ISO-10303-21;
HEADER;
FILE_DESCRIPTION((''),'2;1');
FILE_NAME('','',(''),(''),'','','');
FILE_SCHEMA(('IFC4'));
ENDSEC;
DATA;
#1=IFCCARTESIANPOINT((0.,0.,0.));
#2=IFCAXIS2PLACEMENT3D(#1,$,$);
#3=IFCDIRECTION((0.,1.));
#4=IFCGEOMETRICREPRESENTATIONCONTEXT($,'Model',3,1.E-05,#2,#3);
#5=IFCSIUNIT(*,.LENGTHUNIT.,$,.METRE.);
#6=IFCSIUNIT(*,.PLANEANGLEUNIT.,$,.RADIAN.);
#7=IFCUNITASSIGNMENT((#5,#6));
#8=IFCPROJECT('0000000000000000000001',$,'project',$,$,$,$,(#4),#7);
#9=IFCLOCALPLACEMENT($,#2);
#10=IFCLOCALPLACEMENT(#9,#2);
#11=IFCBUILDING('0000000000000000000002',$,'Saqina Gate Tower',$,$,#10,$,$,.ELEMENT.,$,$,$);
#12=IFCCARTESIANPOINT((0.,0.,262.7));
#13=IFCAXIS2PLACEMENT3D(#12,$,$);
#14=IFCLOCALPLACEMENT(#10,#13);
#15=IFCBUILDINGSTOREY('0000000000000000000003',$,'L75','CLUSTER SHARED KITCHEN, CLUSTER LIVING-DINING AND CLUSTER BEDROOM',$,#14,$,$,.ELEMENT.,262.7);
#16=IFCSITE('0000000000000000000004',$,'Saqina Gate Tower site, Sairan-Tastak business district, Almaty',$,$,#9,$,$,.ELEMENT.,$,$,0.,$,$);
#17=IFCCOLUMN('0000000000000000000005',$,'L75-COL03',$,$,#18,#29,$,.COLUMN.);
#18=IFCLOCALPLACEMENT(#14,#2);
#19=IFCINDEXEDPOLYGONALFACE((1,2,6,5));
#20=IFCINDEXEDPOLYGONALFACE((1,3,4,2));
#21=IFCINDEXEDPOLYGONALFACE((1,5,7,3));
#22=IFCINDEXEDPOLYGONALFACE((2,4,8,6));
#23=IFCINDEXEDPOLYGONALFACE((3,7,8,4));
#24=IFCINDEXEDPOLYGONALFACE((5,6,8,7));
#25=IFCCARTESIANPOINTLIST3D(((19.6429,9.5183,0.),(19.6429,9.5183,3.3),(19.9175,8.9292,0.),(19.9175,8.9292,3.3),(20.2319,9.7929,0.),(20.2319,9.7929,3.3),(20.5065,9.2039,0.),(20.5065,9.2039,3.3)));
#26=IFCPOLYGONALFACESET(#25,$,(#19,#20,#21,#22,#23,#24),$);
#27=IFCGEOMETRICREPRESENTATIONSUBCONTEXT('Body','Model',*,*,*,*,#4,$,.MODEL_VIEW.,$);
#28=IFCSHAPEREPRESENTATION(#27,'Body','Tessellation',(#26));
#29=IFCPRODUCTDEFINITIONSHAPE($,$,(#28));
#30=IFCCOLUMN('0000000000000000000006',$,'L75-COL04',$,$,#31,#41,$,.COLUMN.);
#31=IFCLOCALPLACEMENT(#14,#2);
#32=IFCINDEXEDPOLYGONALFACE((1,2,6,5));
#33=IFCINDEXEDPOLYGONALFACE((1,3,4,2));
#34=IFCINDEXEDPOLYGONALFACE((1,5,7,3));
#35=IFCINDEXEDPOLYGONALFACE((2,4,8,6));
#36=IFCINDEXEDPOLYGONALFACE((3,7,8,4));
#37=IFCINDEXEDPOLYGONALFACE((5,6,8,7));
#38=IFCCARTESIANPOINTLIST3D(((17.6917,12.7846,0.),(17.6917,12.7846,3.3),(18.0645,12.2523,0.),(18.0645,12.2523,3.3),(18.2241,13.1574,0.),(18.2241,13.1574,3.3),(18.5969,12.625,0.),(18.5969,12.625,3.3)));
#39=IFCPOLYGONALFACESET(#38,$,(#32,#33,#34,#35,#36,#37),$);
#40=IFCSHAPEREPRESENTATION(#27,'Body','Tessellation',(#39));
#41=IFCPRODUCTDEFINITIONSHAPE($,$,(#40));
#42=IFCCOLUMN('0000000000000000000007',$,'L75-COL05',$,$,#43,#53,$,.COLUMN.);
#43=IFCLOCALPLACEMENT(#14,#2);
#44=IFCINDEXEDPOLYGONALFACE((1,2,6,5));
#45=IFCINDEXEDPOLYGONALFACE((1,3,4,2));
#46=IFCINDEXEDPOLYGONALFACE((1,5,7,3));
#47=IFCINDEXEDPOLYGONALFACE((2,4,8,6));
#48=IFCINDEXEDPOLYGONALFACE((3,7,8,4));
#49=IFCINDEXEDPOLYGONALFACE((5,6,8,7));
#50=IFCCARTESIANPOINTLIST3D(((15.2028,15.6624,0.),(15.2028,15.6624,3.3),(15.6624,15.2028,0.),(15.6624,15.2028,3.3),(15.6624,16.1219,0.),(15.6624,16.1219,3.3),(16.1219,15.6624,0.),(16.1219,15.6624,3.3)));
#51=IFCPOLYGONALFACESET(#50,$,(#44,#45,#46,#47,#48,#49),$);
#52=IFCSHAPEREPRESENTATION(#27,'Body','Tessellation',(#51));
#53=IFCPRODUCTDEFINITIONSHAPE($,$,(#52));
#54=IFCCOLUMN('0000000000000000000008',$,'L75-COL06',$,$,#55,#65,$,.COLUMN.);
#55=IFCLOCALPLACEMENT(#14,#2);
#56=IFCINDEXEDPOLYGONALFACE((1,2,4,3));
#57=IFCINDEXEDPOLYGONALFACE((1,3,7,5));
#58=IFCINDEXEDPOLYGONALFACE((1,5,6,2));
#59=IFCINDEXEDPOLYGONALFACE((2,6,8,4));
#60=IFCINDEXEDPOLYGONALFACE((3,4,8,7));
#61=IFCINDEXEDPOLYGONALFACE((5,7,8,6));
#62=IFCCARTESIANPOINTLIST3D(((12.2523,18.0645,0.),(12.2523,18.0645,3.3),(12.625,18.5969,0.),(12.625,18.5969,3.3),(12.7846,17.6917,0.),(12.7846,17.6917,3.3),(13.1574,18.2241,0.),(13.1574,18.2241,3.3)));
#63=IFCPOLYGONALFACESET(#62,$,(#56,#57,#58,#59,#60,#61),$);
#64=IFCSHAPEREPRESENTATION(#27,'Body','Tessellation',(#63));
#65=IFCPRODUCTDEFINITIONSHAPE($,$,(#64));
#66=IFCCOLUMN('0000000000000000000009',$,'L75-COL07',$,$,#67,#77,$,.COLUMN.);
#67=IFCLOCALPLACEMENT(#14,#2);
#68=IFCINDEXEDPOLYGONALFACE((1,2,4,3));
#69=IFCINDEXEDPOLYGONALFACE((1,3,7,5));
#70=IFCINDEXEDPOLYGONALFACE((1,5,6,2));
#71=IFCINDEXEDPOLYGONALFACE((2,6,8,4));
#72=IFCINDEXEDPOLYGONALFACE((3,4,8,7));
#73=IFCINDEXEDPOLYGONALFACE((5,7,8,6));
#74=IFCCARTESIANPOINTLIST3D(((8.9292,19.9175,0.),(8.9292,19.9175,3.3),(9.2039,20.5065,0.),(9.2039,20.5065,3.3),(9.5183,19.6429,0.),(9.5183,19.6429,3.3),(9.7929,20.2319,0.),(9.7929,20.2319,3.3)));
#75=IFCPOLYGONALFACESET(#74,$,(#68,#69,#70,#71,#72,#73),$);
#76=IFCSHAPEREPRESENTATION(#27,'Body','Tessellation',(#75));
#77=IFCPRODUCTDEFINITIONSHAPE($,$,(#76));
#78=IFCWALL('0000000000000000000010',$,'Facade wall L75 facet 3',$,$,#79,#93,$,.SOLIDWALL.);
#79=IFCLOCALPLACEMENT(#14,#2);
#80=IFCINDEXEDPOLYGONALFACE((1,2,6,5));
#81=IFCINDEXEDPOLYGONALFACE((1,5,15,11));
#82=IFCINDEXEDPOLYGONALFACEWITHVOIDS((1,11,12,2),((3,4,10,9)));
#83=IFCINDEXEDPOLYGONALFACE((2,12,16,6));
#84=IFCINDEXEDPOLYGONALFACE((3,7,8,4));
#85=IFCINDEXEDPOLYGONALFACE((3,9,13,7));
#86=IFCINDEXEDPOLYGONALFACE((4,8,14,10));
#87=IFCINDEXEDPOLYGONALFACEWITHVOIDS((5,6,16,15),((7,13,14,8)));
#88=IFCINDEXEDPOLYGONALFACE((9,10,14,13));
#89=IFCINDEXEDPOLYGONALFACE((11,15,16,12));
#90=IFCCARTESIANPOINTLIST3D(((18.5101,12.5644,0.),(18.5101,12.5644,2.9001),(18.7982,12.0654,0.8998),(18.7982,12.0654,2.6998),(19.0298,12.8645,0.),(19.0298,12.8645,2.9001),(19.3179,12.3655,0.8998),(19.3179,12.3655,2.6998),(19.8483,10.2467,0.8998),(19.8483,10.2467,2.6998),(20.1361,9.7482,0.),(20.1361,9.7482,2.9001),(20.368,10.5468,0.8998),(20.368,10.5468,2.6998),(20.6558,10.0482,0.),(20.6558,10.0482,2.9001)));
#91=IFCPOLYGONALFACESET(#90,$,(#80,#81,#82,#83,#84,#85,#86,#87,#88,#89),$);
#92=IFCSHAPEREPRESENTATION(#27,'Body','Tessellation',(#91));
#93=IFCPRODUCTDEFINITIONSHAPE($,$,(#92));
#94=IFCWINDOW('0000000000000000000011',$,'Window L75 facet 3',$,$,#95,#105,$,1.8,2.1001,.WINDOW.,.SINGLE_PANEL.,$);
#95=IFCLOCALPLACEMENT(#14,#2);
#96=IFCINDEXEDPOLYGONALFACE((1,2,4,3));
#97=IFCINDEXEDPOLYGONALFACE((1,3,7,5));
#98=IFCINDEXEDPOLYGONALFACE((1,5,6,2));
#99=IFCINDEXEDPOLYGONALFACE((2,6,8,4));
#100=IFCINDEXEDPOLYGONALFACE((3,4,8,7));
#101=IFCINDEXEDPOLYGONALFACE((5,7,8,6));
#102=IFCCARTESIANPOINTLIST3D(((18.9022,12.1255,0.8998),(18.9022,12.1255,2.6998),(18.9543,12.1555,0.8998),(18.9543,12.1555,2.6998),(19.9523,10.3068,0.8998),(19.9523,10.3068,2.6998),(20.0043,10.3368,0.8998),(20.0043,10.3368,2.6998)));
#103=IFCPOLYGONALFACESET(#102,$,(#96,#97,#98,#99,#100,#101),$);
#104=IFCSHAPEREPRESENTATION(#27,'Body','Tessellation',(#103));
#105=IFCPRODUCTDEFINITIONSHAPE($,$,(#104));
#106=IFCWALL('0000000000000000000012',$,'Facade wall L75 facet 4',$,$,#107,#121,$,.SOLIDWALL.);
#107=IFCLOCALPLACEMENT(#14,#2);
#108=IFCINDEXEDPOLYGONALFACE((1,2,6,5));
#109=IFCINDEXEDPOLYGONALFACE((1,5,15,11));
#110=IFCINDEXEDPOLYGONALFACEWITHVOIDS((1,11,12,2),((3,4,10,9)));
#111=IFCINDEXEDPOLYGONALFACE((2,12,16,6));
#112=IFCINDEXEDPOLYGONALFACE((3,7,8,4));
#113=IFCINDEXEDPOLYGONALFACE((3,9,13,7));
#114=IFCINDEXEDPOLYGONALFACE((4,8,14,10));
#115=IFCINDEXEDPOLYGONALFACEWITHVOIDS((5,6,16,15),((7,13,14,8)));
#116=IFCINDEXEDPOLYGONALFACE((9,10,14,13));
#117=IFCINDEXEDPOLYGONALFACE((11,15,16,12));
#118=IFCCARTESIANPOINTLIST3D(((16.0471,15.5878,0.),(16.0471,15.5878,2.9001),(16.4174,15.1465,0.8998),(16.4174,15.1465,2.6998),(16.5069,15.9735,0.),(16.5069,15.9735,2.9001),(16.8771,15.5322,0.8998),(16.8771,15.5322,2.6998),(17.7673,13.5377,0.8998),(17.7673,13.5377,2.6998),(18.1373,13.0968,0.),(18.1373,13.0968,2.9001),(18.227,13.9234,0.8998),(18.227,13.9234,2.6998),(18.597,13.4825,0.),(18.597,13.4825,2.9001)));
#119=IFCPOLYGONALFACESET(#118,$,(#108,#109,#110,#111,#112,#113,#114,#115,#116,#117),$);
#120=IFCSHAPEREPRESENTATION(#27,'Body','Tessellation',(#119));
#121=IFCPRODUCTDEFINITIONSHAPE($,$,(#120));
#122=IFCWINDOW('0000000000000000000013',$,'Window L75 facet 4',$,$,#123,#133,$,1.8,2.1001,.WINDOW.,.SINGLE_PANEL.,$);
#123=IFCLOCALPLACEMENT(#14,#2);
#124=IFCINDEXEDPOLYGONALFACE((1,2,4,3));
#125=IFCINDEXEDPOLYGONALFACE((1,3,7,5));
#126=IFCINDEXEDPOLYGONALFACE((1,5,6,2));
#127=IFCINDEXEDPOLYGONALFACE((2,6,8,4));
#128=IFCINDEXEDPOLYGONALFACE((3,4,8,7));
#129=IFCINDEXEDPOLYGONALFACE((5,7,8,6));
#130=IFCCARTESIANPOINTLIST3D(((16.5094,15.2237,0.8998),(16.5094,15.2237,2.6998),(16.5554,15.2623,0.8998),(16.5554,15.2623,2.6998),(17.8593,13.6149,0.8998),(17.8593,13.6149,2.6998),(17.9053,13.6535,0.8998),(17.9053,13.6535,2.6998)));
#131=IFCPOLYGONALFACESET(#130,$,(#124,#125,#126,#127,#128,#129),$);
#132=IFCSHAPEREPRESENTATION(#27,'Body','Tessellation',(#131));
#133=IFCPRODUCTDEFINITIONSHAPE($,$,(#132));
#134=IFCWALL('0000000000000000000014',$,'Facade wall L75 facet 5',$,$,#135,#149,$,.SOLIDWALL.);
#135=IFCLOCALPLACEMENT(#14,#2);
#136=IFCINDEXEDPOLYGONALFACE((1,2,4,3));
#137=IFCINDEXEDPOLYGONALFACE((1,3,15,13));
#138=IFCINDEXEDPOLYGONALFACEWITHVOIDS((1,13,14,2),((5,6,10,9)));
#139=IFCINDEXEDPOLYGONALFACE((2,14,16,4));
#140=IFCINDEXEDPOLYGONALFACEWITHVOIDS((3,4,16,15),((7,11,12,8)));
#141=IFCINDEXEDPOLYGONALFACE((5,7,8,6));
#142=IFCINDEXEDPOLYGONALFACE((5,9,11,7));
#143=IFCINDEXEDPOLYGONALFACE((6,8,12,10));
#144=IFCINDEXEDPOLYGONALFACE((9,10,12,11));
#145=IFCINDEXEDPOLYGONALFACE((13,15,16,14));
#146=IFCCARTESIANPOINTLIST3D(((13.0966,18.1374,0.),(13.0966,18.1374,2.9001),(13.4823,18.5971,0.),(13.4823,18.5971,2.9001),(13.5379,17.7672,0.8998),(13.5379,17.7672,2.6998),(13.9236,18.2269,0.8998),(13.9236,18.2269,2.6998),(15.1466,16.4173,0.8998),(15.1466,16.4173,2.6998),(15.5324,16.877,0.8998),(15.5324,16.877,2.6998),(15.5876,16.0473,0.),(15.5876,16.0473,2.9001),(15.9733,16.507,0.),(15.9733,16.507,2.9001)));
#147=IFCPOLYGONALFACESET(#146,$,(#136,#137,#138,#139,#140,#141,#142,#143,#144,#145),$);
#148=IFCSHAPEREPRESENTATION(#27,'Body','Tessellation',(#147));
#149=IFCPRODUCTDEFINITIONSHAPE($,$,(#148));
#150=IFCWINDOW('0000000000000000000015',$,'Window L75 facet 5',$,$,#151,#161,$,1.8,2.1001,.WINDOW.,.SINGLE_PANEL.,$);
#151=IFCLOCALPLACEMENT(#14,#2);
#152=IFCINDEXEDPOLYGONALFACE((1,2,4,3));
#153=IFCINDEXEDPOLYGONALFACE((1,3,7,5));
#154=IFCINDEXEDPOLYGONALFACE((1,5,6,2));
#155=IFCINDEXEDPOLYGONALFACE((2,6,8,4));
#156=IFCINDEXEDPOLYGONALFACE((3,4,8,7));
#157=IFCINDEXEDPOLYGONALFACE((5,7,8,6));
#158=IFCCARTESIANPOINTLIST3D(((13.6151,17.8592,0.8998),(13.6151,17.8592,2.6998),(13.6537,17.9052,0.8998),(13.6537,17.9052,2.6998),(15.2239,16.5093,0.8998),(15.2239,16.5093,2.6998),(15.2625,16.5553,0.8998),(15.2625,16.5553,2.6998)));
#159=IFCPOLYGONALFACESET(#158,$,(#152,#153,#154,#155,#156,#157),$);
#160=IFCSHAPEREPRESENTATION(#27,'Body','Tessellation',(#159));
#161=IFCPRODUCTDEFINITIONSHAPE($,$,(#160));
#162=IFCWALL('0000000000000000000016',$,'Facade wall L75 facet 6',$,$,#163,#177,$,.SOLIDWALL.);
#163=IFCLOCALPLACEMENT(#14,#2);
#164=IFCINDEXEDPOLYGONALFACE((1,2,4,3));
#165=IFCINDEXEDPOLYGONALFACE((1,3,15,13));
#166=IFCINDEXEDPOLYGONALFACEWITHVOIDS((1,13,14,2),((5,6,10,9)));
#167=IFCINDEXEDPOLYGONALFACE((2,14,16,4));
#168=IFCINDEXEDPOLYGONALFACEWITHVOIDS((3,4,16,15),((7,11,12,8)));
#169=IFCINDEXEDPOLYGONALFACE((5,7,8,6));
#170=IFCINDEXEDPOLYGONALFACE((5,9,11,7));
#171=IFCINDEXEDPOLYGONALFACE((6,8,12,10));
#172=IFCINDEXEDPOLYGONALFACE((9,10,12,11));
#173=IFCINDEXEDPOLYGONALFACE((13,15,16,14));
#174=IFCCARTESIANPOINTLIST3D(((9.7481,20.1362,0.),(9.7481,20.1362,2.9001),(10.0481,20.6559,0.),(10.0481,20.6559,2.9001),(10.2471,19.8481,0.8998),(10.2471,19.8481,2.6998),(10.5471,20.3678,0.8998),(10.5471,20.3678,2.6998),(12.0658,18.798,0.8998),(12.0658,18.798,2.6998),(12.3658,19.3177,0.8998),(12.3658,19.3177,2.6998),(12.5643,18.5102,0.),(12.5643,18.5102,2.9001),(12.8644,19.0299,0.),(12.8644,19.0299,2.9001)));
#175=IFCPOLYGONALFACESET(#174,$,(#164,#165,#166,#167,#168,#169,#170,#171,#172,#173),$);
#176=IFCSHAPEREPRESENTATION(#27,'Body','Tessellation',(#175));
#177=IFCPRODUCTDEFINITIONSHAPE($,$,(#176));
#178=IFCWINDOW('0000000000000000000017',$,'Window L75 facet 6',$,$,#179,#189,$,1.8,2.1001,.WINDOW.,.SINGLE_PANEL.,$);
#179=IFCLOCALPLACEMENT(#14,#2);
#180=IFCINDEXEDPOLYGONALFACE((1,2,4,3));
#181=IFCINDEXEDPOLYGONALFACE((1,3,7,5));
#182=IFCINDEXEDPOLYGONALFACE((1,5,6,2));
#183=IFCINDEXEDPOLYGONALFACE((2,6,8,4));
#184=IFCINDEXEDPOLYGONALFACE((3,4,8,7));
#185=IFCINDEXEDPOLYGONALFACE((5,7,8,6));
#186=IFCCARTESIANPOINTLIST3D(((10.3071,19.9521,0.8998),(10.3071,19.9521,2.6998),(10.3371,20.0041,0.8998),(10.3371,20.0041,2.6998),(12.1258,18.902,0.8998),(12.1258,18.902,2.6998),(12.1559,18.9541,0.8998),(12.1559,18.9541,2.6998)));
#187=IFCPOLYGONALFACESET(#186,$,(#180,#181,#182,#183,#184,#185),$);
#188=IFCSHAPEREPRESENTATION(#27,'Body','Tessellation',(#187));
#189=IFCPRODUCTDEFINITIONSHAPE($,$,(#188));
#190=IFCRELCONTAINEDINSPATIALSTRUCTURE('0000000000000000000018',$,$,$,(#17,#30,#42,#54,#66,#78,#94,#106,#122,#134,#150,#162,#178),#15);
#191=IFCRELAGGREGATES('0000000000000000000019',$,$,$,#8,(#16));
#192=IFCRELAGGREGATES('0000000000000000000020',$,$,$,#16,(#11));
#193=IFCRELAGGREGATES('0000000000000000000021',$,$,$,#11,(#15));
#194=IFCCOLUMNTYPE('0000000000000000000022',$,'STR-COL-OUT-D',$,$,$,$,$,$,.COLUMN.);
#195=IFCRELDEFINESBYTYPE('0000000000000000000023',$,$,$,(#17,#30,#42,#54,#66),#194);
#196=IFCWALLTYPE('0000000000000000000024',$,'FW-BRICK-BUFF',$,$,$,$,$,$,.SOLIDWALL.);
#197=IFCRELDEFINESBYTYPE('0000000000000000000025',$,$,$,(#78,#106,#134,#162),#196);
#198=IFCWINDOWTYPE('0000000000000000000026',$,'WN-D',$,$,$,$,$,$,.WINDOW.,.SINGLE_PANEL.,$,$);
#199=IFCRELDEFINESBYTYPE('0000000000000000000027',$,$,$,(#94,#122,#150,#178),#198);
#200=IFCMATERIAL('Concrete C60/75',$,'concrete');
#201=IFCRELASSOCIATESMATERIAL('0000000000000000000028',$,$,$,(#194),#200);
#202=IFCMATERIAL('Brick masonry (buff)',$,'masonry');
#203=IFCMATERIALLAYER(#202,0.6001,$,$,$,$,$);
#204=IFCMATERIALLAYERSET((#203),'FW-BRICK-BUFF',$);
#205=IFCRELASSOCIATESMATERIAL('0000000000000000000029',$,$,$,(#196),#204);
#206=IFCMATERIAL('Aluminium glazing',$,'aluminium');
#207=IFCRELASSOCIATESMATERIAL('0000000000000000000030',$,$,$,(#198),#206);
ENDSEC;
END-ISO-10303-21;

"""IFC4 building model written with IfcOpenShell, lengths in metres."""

from ifc_helpers import new_model, si_unit, direction, frame, frame_2d, origin, origin_2d, place, context, subcontext, project, spatial, rectangle, extrude, material, layer, layer_set, material_profile, profile_set, type_object, element, fill, save


model = new_model("IFC4")

# Units and contexts
model_context = context("Model", 3, precision=1e-05, world=origin(), true_north=direction((0.0, 1.0)))
body_context = subcontext(model_context, "Body", "Model", "MODEL_VIEW")
ifc_project = project(units=[si_unit("LENGTHUNIT", "METRE"), si_unit("PLANEANGLEUNIT", "RADIAN")], contexts=[model_context])

# Site, building, storey
site_placement = place(None, origin())
site = spatial("IfcSite", under=ifc_project, at=site_placement, Name="Saqina Gate Tower site, Sairan-Tastak business district, Almaty", CompositionType="ELEMENT", RefElevation=0.0)
building_placement = place(site_placement, origin())
building = spatial("IfcBuilding", under=site, at=building_placement, Name="Saqina Gate Tower", CompositionType="ELEMENT")
storey_placement = place(building_placement, frame((0.0, 0.0, 262.7)))
storey = spatial("IfcBuildingStorey", under=building, at=storey_placement, Name="L75", Description="CLUSTER SHARED KITCHEN, CLUSTER LIVING-DINING AND CLUSTER BEDROOM", CompositionType="ELEMENT", Elevation=262.7)

# Columns
ifc_material_1 = material(Name="Concrete C60/75", Category="concrete")
ifc_material_profile = material_profile(ifc_material_1, rectangle(XDim=0.6499, YDim=0.6499, at=origin_2d()), Name="RC 650x650")
ifc_profile_set = profile_set([ifc_material_profile], Name="Concrete C60/75")
column_type = type_object("IfcColumnType", Name="STR-COL-OUT-D", PredefinedType="COLUMN", material=ifc_profile_set)
for number, where, z_axis, x_axis, name in (
    (1, (20.0747, 9.3611, 0.0), (0.0, 0.0, 1.0), (0.906308, 0.422618, 0.0), "L75-COL03"),
    (2, (18.1443, 12.7048, 0.0), (0.0, 0.0, 1.0), (0.819152, 0.573576, 0.0), "L75-COL04"),
    (3, (15.6624, 15.6624, 0.0), (0.0, 0.0, 1.0), (0.707107, 0.707107, 0.0), "L75-COL05"),
    (4, (12.7048, 18.1443, 0.0), (0.0, 0.0, 1.0), (0.573576, 0.819152, 0.0), "L75-COL06"),
    (5, (9.3611, 20.0747, 0.0), (0.0, 0.0, 1.0), (0.422618, 0.906308, 0.0), "L75-COL07"),
):
    element("IfcColumn", number, at=place(storey_placement, frame(where, z_axis=z_axis, x_axis=x_axis)), inside=storey, type_object=column_type, Name=name, PredefinedType="COLUMN", context=body_context, shape_type="SweptSolid", body=[
        extrude(rectangle(XDim=0.6499, YDim=0.6499, at=origin_2d()), origin(), (0.0, 0.0, 1.0), 3.3),
    ])

# Walls, openings, windows
ifc_material_2 = material(Name="Brick masonry (buff)", Category="masonry")
ifc_layer_1 = layer(ifc_material_2, 0.6001)
ifc_layer_set_1 = layer_set([ifc_layer_1], Name="FW-BRICK-BUFF")
wall_type_1 = type_object("IfcWallType", Name="FW-BRICK-BUFF", PredefinedType="SOLIDWALL", material=ifc_layer_set_1)
wall_1_placement = place(storey_placement, frame((20.396, 9.8982, 0.0), z_axis=(0.0, 0.0, 1.0), x_axis=(-0.500015, 0.866017, 0.0)))
wall_1 = element("IfcWall", 6, at=wall_1_placement, inside=storey, type_object=wall_type_1, Name="Facade wall L75 facet 3", PredefinedType="SOLIDWALL", context=body_context, shape_type="SweptSolid", body=[
    extrude(rectangle(XDim=3.252, YDim=0.6001, at=frame_2d((1.626, 0.0))), origin(), (0.0, 0.0, 1.0), 2.9001),
])
opening_1_placement = place(wall_1_placement, frame((0.5757, 0.0, 0.8999)))
opening_1 = element("IfcOpeningElement", 7, at=opening_1_placement, cuts=wall_1, PredefinedType="OPENING", context=body_context, shape_type="SweptSolid", body=[
    extrude(rectangle(XDim=2.1001, YDim=1.8, at=frame_2d((1.05, 0.8999))), frame((0.0, 0.312, 0.0), z_axis=(0.0, -1.0, 0.0), x_axis=(1.0, 0.0, 0.0)), (0.0, 0.0, 1.0), 0.624),
])
ifc_material_3 = material(Name="Aluminium glazing", Category="aluminium")
window_type = type_object("IfcWindowType", Name="WN-D", PartitioningType="SINGLE_PANEL", PredefinedType="WINDOW", material=ifc_material_3)
window_1_placement = place(opening_1_placement, origin())
window_1 = element("IfcWindow", 8, at=window_1_placement, inside=storey, type_object=window_type, Name="Window L75 facet 3", OverallHeight=1.8, OverallWidth=2.1001, PartitioningType="SINGLE_PANEL", PredefinedType="WINDOW", context=body_context, shape_type="SweptSolid", body=[
    extrude(rectangle(XDim=2.1001, YDim=1.8, at=frame_2d((1.05, 0.8999))), frame((0.0, 0.1799, 0.0), z_axis=(0.0, -1.0, 0.0), x_axis=(1.0, 0.0, 0.0)), (0.0, 0.0, 1.0), 0.0601),
])
fill(opening_1, window_1)
wall_2_placement = place(storey_placement, frame((18.3672, 13.2896, 0.0), z_axis=(0.0, 0.0, 1.0), x_axis=(-0.642773, 0.766057, 0.0)))
wall_2 = element("IfcWall", 9, at=wall_2_placement, inside=storey, type_object=wall_type_1, Name="Facade wall L75 facet 4", PredefinedType="SOLIDWALL", context=body_context, shape_type="SweptSolid", body=[
    extrude(rectangle(XDim=3.2517, YDim=0.6001, at=frame_2d((1.626, 0.0))), origin(), (0.0, 0.0, 1.0), 2.9001),
])
opening_2_placement = place(wall_2_placement, frame((0.5757, 0.0, 0.8999)))
opening_2 = element("IfcOpeningElement", 10, at=opening_2_placement, cuts=wall_2, PredefinedType="OPENING", context=body_context, shape_type="SweptSolid", body=[
    extrude(rectangle(XDim=2.1001, YDim=1.8, at=frame_2d((1.05, 0.8999))), frame((0.0, 0.312, 0.0), z_axis=(0.0, -1.0, 0.0), x_axis=(1.0, 0.0, 0.0)), (0.0, 0.0, 1.0), 0.624),
])
window_2_placement = place(opening_2_placement, origin())
window_2 = element("IfcWindow", 11, at=window_2_placement, inside=storey, type_object=window_type, Name="Window L75 facet 4", OverallHeight=1.8, OverallWidth=2.1001, PartitioningType="SINGLE_PANEL", PredefinedType="WINDOW", context=body_context, shape_type="SweptSolid", body=[
    extrude(rectangle(XDim=2.1001, YDim=1.8, at=frame_2d((1.05, 0.8999))), frame((0.0, 0.1799, 0.0), z_axis=(0.0, -1.0, 0.0), x_axis=(1.0, 0.0, 0.0)), (0.0, 0.0, 1.0), 0.0601),
])
fill(opening_2, window_2)
wall_3_placement = place(storey_placement, frame((15.7805, 16.2771, 0.0), z_axis=(0.0, 0.0, 1.0), x_axis=(-0.766057, 0.642773, 0.0)))
wall_3 = element("IfcWall", 12, at=wall_3_placement, inside=storey, type_object=wall_type_1, Name="Facade wall L75 facet 5", PredefinedType="SOLIDWALL", context=body_context, shape_type="SweptSolid", body=[
    extrude(rectangle(XDim=3.2517, YDim=0.6001, at=frame_2d((1.626, 0.0))), origin(), (0.0, 0.0, 1.0), 2.9001),
])
opening_3_placement = place(wall_3_placement, frame((0.5757, 0.0, 0.8999)))
opening_3 = element("IfcOpeningElement", 13, at=opening_3_placement, cuts=wall_3, PredefinedType="OPENING", context=body_context, shape_type="SweptSolid", body=[
    extrude(rectangle(XDim=2.1001, YDim=1.8, at=frame_2d((1.05, 0.8999))), frame((0.0, 0.312, 0.0), z_axis=(0.0, -1.0, 0.0), x_axis=(1.0, 0.0, 0.0)), (0.0, 0.0, 1.0), 0.624),
])
window_3_placement = place(opening_3_placement, origin())
window_3 = element("IfcWindow", 14, at=window_3_placement, inside=storey, type_object=window_type, Name="Window L75 facet 5", OverallHeight=1.8, OverallWidth=2.1001, PartitioningType="SINGLE_PANEL", PredefinedType="WINDOW", context=body_context, shape_type="SweptSolid", body=[
    extrude(rectangle(XDim=2.1001, YDim=1.8, at=frame_2d((1.05, 0.8999))), frame((0.0, 0.1799, 0.0), z_axis=(0.0, -1.0, 0.0), x_axis=(1.0, 0.0, 0.0)), (0.0, 0.0, 1.0), 0.0601),
])
fill(opening_3, window_3)
wall_4_placement = place(storey_placement, frame((12.7144, 18.77, 0.0), z_axis=(0.0, 0.0, 1.0), x_axis=(-0.866017, 0.500015, 0.0)))
wall_4 = element("IfcWall", 15, at=wall_4_placement, inside=storey, type_object=wall_type_1, Name="Facade wall L75 facet 6", PredefinedType="SOLIDWALL", context=body_context, shape_type="SweptSolid", body=[
    extrude(rectangle(XDim=3.252, YDim=0.6001, at=frame_2d((1.626, 0.0))), origin(), (0.0, 0.0, 1.0), 2.9001),
])
opening_4_placement = place(wall_4_placement, frame((0.5757, 0.0, 0.8999)))
opening_4 = element("IfcOpeningElement", 16, at=opening_4_placement, cuts=wall_4, PredefinedType="OPENING", context=body_context, shape_type="SweptSolid", body=[
    extrude(rectangle(XDim=2.1001, YDim=1.8, at=frame_2d((1.05, 0.8999))), frame((0.0, 0.312, 0.0), z_axis=(0.0, -1.0, 0.0), x_axis=(1.0, 0.0, 0.0)), (0.0, 0.0, 1.0), 0.624),
])
window_4_placement = place(opening_4_placement, origin())
window_4 = element("IfcWindow", 17, at=window_4_placement, inside=storey, type_object=window_type, Name="Window L75 facet 6", OverallHeight=1.8, OverallWidth=2.1001, PartitioningType="SINGLE_PANEL", PredefinedType="WINDOW", context=body_context, shape_type="SweptSolid", body=[
    extrude(rectangle(XDim=2.1001, YDim=1.8, at=frame_2d((1.05, 0.8999))), frame((0.0, 0.1799, 0.0), z_axis=(0.0, -1.0, 0.0), x_axis=(1.0, 0.0, 0.0)), (0.0, 0.0, 1.0), 0.0601),
])
fill(opening_4, window_4)

save(model, "model.ifc")
